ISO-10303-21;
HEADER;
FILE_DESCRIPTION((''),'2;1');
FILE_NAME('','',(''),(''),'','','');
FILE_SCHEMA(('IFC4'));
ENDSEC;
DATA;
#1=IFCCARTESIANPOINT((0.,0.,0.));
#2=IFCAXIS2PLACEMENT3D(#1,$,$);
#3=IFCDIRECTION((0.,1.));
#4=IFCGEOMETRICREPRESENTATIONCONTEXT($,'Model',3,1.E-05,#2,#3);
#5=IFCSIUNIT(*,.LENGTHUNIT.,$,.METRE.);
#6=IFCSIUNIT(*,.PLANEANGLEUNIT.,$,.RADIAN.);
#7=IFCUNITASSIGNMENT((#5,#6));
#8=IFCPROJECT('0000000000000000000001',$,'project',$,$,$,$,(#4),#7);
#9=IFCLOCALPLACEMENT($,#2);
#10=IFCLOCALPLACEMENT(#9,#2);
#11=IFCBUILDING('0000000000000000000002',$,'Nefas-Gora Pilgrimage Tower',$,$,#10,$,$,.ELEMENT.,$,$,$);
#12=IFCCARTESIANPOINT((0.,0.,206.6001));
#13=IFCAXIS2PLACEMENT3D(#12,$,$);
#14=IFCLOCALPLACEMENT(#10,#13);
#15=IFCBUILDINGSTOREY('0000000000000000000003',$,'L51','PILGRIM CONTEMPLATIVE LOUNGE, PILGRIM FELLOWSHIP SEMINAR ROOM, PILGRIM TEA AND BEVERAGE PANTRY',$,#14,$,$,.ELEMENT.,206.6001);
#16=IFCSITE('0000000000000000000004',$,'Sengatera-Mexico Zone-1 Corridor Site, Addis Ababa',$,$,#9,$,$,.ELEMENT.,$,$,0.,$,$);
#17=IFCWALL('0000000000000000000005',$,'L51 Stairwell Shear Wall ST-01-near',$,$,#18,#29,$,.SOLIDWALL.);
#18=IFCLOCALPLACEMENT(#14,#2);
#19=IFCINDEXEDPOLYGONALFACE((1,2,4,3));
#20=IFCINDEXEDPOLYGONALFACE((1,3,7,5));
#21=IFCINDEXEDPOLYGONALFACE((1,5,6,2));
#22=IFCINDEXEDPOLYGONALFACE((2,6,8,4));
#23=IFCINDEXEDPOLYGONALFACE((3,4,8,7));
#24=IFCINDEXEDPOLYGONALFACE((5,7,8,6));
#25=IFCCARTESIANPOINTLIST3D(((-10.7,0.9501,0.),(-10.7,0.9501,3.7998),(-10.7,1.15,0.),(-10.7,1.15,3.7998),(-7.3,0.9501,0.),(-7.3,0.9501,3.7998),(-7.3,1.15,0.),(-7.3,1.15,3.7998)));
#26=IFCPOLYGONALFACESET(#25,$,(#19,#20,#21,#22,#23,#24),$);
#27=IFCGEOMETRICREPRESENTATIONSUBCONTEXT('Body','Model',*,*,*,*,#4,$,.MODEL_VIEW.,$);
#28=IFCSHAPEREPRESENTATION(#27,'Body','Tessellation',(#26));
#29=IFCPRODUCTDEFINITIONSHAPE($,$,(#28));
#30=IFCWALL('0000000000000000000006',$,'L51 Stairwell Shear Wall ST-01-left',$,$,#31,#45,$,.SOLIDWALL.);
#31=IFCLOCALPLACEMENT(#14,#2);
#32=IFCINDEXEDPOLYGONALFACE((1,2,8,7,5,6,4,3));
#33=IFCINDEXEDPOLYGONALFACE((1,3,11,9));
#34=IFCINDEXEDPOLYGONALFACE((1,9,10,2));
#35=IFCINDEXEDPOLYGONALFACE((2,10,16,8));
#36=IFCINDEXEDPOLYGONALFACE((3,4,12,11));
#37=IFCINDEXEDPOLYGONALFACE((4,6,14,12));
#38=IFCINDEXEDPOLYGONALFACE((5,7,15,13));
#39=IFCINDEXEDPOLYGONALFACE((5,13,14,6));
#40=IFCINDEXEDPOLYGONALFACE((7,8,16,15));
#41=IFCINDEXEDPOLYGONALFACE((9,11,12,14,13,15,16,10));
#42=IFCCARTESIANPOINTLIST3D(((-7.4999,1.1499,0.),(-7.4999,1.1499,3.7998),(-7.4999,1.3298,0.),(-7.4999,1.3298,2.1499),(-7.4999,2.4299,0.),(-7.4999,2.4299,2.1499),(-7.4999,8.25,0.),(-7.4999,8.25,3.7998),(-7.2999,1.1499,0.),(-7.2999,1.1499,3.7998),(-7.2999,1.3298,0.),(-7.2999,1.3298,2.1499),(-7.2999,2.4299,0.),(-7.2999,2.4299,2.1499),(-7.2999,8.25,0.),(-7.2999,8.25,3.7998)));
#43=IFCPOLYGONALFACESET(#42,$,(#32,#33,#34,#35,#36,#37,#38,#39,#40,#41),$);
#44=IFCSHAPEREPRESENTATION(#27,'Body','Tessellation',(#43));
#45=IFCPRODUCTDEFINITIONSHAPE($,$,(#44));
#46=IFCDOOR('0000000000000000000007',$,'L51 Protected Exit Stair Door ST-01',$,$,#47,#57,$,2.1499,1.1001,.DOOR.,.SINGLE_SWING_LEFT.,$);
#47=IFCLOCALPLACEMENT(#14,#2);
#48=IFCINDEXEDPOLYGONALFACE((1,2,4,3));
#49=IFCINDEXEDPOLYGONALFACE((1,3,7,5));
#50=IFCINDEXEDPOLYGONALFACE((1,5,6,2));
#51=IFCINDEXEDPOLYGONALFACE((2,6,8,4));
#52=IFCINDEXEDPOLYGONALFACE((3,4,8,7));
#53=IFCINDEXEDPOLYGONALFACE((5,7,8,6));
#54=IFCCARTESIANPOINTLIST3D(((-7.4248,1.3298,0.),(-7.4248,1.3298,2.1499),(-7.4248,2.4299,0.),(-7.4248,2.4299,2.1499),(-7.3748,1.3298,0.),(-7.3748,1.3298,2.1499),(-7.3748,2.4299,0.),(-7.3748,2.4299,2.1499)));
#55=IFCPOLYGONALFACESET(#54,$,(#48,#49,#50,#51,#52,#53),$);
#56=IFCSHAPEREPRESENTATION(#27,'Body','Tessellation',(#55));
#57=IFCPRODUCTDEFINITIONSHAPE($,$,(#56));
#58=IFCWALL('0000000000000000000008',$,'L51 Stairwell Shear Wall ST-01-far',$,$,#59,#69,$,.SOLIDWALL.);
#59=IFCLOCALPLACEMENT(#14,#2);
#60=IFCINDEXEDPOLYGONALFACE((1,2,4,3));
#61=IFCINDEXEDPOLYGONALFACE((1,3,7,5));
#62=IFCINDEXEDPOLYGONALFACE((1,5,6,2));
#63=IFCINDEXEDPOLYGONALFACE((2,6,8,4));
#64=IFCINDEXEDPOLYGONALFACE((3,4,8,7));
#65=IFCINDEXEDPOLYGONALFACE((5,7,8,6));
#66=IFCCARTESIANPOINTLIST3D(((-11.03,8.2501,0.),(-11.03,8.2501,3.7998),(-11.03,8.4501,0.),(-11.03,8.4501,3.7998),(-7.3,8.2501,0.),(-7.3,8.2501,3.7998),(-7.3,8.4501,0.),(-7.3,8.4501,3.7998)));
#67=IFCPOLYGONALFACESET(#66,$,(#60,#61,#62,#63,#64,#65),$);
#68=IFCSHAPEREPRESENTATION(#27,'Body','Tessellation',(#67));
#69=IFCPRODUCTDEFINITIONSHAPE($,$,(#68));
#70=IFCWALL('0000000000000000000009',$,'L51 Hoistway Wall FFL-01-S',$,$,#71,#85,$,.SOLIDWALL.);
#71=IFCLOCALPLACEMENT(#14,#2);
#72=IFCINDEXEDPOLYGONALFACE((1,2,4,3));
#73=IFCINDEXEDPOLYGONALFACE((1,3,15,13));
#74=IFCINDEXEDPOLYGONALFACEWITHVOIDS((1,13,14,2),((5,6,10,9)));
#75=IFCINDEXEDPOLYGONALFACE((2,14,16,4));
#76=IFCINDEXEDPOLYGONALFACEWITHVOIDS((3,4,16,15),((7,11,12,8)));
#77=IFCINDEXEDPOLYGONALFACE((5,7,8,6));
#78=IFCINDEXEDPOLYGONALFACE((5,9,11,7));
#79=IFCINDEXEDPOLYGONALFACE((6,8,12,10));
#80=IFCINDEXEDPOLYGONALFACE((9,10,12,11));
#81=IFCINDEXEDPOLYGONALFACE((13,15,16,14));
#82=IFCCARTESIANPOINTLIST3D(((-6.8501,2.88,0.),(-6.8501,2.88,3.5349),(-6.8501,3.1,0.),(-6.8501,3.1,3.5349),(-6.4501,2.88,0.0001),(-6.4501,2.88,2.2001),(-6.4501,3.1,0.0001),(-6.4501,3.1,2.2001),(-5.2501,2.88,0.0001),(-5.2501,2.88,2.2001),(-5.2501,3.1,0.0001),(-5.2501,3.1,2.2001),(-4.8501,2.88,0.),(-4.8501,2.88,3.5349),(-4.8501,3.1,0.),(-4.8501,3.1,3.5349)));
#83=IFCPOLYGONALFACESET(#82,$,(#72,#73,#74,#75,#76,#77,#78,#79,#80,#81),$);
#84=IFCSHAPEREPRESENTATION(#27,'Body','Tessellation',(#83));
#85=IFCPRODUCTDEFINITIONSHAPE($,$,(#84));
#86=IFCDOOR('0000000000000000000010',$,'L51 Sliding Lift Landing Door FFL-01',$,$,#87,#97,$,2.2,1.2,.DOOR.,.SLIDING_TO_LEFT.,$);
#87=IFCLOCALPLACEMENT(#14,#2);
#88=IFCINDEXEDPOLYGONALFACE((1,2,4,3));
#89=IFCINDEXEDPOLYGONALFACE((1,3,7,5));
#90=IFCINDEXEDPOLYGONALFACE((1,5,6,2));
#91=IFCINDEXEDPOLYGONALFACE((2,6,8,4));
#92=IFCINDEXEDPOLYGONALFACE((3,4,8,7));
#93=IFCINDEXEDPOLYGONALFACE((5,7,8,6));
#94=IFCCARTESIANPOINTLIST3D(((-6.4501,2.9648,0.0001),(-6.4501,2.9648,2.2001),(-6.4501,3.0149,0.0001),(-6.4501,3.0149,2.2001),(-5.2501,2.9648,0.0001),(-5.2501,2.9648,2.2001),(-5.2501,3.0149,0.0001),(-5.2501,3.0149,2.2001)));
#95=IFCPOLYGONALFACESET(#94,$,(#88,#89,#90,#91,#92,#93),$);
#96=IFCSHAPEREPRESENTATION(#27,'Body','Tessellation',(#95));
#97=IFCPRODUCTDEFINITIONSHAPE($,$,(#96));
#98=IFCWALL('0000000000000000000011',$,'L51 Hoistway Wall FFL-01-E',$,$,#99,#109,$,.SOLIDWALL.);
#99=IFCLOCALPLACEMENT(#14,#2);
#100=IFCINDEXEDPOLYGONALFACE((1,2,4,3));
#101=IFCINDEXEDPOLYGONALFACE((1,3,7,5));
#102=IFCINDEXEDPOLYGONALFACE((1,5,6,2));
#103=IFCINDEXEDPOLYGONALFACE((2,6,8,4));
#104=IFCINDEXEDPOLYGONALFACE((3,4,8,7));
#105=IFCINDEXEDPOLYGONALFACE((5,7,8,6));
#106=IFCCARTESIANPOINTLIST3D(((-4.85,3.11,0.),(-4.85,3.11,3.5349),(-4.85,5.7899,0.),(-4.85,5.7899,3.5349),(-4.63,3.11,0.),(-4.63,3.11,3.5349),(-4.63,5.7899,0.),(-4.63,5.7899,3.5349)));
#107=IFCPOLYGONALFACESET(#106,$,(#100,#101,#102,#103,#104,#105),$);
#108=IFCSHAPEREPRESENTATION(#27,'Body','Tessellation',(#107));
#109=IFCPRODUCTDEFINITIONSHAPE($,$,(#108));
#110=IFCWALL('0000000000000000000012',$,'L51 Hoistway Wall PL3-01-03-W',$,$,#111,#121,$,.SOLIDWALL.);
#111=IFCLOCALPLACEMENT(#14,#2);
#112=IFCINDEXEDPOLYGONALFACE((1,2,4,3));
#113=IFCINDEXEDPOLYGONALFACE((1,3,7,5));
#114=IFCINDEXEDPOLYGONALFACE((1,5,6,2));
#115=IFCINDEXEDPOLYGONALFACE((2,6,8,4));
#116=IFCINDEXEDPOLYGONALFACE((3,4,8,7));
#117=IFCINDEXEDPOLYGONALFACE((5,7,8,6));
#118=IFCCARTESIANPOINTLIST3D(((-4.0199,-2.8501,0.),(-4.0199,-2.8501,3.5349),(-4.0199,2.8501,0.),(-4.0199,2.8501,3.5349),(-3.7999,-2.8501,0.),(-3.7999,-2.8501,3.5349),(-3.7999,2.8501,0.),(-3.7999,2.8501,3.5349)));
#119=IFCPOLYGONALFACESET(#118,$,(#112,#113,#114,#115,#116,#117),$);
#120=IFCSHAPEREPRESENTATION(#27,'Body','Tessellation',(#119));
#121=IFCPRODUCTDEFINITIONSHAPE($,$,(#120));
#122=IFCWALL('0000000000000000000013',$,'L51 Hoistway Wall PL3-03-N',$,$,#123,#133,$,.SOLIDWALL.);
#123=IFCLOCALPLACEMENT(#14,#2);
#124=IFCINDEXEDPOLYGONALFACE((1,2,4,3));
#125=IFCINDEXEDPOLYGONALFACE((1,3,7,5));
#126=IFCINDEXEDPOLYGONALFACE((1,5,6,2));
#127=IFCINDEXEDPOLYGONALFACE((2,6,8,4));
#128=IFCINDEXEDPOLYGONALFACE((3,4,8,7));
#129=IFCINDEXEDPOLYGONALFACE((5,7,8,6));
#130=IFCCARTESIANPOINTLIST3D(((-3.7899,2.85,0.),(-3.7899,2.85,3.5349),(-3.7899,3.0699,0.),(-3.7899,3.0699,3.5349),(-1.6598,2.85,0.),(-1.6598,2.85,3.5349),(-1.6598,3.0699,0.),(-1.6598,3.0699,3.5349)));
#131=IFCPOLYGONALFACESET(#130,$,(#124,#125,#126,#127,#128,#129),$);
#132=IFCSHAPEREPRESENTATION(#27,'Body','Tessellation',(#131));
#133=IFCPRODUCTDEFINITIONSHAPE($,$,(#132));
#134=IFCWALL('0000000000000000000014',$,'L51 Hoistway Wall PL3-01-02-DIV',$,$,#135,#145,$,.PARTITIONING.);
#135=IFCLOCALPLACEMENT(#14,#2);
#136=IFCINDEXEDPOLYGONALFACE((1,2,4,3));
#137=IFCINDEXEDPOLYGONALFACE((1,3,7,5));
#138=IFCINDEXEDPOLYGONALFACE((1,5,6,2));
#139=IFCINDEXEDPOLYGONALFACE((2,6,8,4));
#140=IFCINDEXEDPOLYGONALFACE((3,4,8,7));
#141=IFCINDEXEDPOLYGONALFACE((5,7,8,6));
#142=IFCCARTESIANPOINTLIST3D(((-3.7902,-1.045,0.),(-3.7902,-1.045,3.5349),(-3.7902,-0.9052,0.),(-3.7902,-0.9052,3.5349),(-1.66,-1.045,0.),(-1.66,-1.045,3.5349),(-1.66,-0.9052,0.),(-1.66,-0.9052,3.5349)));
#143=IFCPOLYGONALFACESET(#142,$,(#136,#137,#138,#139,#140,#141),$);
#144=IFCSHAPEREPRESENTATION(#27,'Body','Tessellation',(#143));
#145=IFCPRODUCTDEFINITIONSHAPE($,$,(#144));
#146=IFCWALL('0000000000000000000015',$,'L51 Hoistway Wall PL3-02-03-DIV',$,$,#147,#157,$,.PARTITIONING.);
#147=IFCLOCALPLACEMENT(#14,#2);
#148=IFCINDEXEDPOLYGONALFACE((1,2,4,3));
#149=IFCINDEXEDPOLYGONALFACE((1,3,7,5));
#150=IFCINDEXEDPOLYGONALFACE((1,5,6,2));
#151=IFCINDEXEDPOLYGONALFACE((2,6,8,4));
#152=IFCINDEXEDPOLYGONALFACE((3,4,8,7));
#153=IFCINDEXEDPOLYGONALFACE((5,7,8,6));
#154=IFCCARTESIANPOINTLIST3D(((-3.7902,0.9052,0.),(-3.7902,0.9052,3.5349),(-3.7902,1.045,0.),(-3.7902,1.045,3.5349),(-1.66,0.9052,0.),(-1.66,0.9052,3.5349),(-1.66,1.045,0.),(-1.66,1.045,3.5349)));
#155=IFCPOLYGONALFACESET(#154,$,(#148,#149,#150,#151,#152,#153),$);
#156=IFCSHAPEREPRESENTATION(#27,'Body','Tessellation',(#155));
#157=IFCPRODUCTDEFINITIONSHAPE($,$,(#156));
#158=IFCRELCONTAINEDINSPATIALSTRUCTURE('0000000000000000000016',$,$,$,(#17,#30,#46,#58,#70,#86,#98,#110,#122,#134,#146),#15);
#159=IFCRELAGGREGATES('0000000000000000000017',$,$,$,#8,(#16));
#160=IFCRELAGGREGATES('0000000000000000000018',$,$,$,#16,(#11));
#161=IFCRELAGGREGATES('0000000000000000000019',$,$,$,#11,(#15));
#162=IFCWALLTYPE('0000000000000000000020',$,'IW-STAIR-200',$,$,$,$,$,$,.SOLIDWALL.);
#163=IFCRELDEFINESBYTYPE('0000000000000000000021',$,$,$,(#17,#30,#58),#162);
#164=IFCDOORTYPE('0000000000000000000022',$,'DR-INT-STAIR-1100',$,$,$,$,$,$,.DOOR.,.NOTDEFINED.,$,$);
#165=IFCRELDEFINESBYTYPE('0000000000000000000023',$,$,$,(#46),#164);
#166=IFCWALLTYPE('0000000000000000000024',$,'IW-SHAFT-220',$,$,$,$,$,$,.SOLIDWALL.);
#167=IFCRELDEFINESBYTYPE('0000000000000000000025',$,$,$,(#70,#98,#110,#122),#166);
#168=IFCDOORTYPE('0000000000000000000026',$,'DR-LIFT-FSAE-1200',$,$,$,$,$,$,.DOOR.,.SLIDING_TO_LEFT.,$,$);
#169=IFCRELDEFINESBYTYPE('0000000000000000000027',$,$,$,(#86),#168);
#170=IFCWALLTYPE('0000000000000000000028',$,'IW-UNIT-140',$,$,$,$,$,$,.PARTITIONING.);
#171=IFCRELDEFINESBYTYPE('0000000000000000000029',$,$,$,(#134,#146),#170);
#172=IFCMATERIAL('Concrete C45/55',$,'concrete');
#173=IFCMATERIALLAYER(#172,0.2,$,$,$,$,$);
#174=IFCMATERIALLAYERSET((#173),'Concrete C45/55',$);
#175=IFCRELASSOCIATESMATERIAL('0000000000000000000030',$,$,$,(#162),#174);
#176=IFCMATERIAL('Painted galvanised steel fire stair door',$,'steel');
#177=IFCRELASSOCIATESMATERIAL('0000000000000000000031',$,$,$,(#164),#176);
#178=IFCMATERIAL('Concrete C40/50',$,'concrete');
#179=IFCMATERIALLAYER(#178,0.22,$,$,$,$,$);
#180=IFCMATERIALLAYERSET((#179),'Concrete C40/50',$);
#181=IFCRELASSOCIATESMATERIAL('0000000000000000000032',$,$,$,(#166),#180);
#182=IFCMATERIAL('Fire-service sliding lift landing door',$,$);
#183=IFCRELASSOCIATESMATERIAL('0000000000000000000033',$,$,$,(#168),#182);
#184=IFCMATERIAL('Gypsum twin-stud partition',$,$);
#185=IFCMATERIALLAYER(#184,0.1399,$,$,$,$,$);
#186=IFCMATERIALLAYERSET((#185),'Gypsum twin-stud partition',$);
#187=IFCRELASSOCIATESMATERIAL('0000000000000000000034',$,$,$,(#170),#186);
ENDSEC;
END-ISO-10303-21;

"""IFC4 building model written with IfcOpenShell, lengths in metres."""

from ifc_helpers import new_model, si_unit, direction, frame, frame_2d, origin, place, context, subcontext, project, spatial, rectangle, extrude, source, transform, mapped, material, layer, layer_set, type_object, element, fill, save


model = new_model("IFC4")

# Units and contexts
model_context = context("Model", 3, precision=1e-05, world=origin(), true_north=direction((0.0, 1.0)))
body_context = subcontext(model_context, "Body", "Model", "MODEL_VIEW")
ifc_project = project(units=[si_unit("LENGTHUNIT", "METRE"), si_unit("PLANEANGLEUNIT", "RADIAN")], contexts=[model_context])

# Site, building, storey
site_placement = place(None, origin())
site = spatial("IfcSite", under=ifc_project, at=site_placement, Name="Sengatera-Mexico Zone-1 Corridor Site, Addis Ababa", CompositionType="ELEMENT", RefElevation=0.0)
building_placement = place(site_placement, origin())
building = spatial("IfcBuilding", under=site, at=building_placement, Name="Nefas-Gora Pilgrimage Tower", CompositionType="ELEMENT")
storey_placement = place(building_placement, frame((0.0, 0.0, 206.6001)))
storey = spatial("IfcBuildingStorey", under=building, at=storey_placement, Name="L51", Description="PILGRIM CONTEMPLATIVE LOUNGE, PILGRIM FELLOWSHIP SEMINAR ROOM, PILGRIM TEA AND BEVERAGE PANTRY", CompositionType="ELEMENT", Elevation=206.6001)

# Wall
ifc_material_1 = material(Name="Concrete C45/55", Category="concrete")
ifc_layer_1 = layer(ifc_material_1, 0.2)
ifc_layer_set_1 = layer_set([ifc_layer_1], Name="Concrete C45/55")
wall_type_1 = type_object("IfcWallType", Name="IW-STAIR-200", PredefinedType="SOLIDWALL", material=ifc_layer_set_1)
shared_shape_1 = source(origin(), body_context, "Body", "SweptSolid", [
    extrude(rectangle(XDim=3.3999, YDim=0.2, at=frame_2d((1.7, 0.0))), origin(), (0.0, 0.0, 1.0), 3.7998),
])
wall_1_placement = place(storey_placement, frame((-7.3, 1.05, 0.0), z_axis=(0.0, 0.0, 1.0), x_axis=(-1.0, 0.0, 0.0)))
element("IfcWall", 1, at=wall_1_placement, inside=storey, type_object=wall_type_1, Name="L51 Stairwell Shear Wall ST-01-near", PredefinedType="SOLIDWALL", context=body_context, shape_type="MappedRepresentation", body=[
    mapped(shared_shape_1, transform((0.0, 0.0, 0.0), x_axis=(1.0, 0.0, 0.0), y_axis=(0.0, 1.0, 0.0), z_axis=(0.0, 0.0, 1.0), scale=1.0)),
])

# Wall, opening, door
shared_shape_2 = source(origin(), body_context, "Body", "SweptSolid", [
    extrude(rectangle(XDim=7.1001, YDim=0.2, at=frame_2d((3.55, 0.0))), origin(), (0.0, 0.0, 1.0), 3.7998),
])
wall_2_placement = place(storey_placement, frame((-7.3999, 1.1499, 0.0), z_axis=(0.0, 0.0, 1.0), x_axis=(0.0, 1.0, 0.0)))
wall_2 = element("IfcWall", 2, at=wall_2_placement, inside=storey, type_object=wall_type_1, Name="L51 Stairwell Shear Wall ST-01-left", PredefinedType="SOLIDWALL", context=body_context, shape_type="MappedRepresentation", body=[
    mapped(shared_shape_2, transform((0.0, 0.0, 0.0), x_axis=(1.0, 0.0, 0.0), y_axis=(0.0, 1.0, 0.0), z_axis=(0.0, 0.0, 1.0), scale=1.0)),
])
opening_1_placement = place(wall_2_placement, frame((0.1799, 0.0, 0.0)))
opening_1 = element("IfcOpeningElement", 3, at=opening_1_placement, cuts=wall_2, PredefinedType="OPENING", context=body_context, shape_type="SweptSolid", body=[
    extrude(rectangle(XDim=1.1001, YDim=2.1499, at=frame_2d((0.55, 1.075))), frame((0.0, 0.1099, 0.0), z_axis=(0.0, -1.0, 0.0), x_axis=(1.0, 0.0, 0.0)), (0.0, 0.0, 1.0), 0.22),
])
ifc_material_2 = material(Name="Painted galvanised steel fire stair door", Category="steel")
door_type_1 = type_object("IfcDoorType", Name="DR-INT-STAIR-1100", OperationType="NOTDEFINED", PredefinedType="DOOR", material=ifc_material_2)
shared_shape_3 = source(origin(), body_context, "Body", "SweptSolid", [
    extrude(rectangle(XDim=1.1001, YDim=2.1499, at=frame_2d((0.55, 1.075))), frame((0.0, 0.0249, 0.0), z_axis=(0.0, -1.0, 0.0), x_axis=(1.0, 0.0, 0.0)), (0.0, 0.0, 1.0), 0.05),
])
door_1_placement = place(opening_1_placement, origin())
door_1 = element("IfcDoor", 4, at=door_1_placement, inside=storey, type_object=door_type_1, Name="L51 Protected Exit Stair Door ST-01", OperationType="SINGLE_SWING_LEFT", OverallHeight=2.1499, OverallWidth=1.1001, PredefinedType="DOOR", context=body_context, shape_type="MappedRepresentation", body=[
    mapped(shared_shape_3, transform((0.0, 0.0, 0.0), x_axis=(1.0, 0.0, 0.0), y_axis=(0.0, 1.0, 0.0), z_axis=(0.0, 0.0, 1.0), scale=1.0)),
])
fill(opening_1, door_1)

# Wall
shared_shape_4 = source(origin(), body_context, "Body", "SweptSolid", [
    extrude(rectangle(XDim=3.73, YDim=0.2, at=frame_2d((1.865, 0.0))), origin(), (0.0, 0.0, 1.0), 3.7998),
])
wall_3_placement = place(storey_placement, frame((-7.3, 8.3501, 0.0), z_axis=(0.0, 0.0, 1.0), x_axis=(-1.0, 0.0, 0.0)))
element("IfcWall", 5, at=wall_3_placement, inside=storey, type_object=wall_type_1, Name="L51 Stairwell Shear Wall ST-01-far", PredefinedType="SOLIDWALL", context=body_context, shape_type="MappedRepresentation", body=[
    mapped(shared_shape_4, transform((0.0, 0.0, 0.0), x_axis=(1.0, 0.0, 0.0), y_axis=(0.0, 1.0, 0.0), z_axis=(0.0, 0.0, 1.0), scale=1.0)),
])

# Wall, opening, door
ifc_material_3 = material(Name="Concrete C40/50", Category="concrete")
ifc_layer_2 = layer(ifc_material_3, 0.22)
ifc_layer_set_2 = layer_set([ifc_layer_2], Name="Concrete C40/50")
wall_type_2 = type_object("IfcWallType", Name="IW-SHAFT-220", PredefinedType="SOLIDWALL", material=ifc_layer_set_2)
shared_shape_5 = source(origin(), body_context, "Body", "SweptSolid", [
    extrude(rectangle(XDim=2.0, YDim=0.22, at=frame_2d((1.0, 0.0))), origin(), (0.0, 0.0, 1.0), 3.5349),
])
wall_4_placement = place(storey_placement, frame((-6.8501, 2.99, 0.0), z_axis=(0.0, 0.0, 1.0), x_axis=(1.0, 0.0, 0.0)))
wall_4 = element("IfcWall", 6, at=wall_4_placement, inside=storey, type_object=wall_type_2, Name="L51 Hoistway Wall FFL-01-S", PredefinedType="SOLIDWALL", context=body_context, shape_type="MappedRepresentation", body=[
    mapped(shared_shape_5, transform((0.0, 0.0, 0.0), x_axis=(1.0, 0.0, 0.0), y_axis=(0.0, 1.0, 0.0), z_axis=(0.0, 0.0, 1.0), scale=1.0)),
])
opening_2_placement = place(wall_4_placement, frame((0.3999, 0.0, 0.0)))
opening_2 = element("IfcOpeningElement", 7, at=opening_2_placement, cuts=wall_4, PredefinedType="OPENING", context=body_context, shape_type="SweptSolid", body=[
    extrude(rectangle(XDim=1.2, YDim=2.2, at=frame_2d((0.6001, 1.1001))), frame((0.0, 0.1199, 0.0), z_axis=(0.0, -1.0, 0.0), x_axis=(1.0, 0.0, 0.0)), (0.0, 0.0, 1.0), 0.24),
])
ifc_material_4 = material(Name="Fire-service sliding lift landing door")
door_type_2 = type_object("IfcDoorType", Name="DR-LIFT-FSAE-1200", OperationType="SLIDING_TO_LEFT", PredefinedType="DOOR", material=ifc_material_4)
shared_shape_6 = source(origin(), body_context, "Body", "SweptSolid", [
    extrude(rectangle(XDim=1.2, YDim=2.2, at=frame_2d((0.6001, 1.1001))), frame((0.0, 0.0249, 0.0), z_axis=(0.0, -1.0, 0.0), x_axis=(1.0, 0.0, 0.0)), (0.0, 0.0, 1.0), 0.05),
])
door_2_placement = place(opening_2_placement, origin())
door_2 = element("IfcDoor", 8, at=door_2_placement, inside=storey, type_object=door_type_2, Name="L51 Sliding Lift Landing Door FFL-01", OperationType="SLIDING_TO_LEFT", OverallHeight=2.2, OverallWidth=1.2, PredefinedType="DOOR", context=body_context, shape_type="MappedRepresentation", body=[
    mapped(shared_shape_6, transform((0.0, 0.0, 0.0), x_axis=(1.0, 0.0, 0.0), y_axis=(0.0, 1.0, 0.0), z_axis=(0.0, 0.0, 1.0), scale=1.0)),
])
fill(opening_2, door_2)

# Walls
shared_shape_7 = source(origin(), body_context, "Body", "SweptSolid", [
    extrude(rectangle(XDim=2.6799, YDim=0.22, at=frame_2d((1.3398, 0.0))), origin(), (0.0, 0.0, 1.0), 3.5349),
])
wall_5_placement = place(storey_placement, frame((-4.74, 3.1101, 0.0), z_axis=(0.0, 0.0, 1.0), x_axis=(0.0, 1.0, 0.0)))
element("IfcWall", 9, at=wall_5_placement, inside=storey, type_object=wall_type_2, Name="L51 Hoistway Wall FFL-01-E", PredefinedType="SOLIDWALL", context=body_context, shape_type="MappedRepresentation", body=[
    mapped(shared_shape_7, transform((0.0, 0.0, 0.0), x_axis=(1.0, 0.0, 0.0), y_axis=(0.0, 1.0, 0.0), z_axis=(0.0, 0.0, 1.0), scale=1.0)),
])
shared_shape_8 = source(origin(), body_context, "Body", "SweptSolid", [
    extrude(rectangle(XDim=5.7002, YDim=0.22, at=frame_2d((2.8501, 0.0))), origin(), (0.0, 0.0, 1.0), 3.5349),
])
wall_6_placement = place(storey_placement, frame((-3.9099, 2.8501, 0.0), z_axis=(0.0, 0.0, 1.0), x_axis=(0.0, -1.0, 0.0)))
element("IfcWall", 10, at=wall_6_placement, inside=storey, type_object=wall_type_2, Name="L51 Hoistway Wall PL3-01-03-W", PredefinedType="SOLIDWALL", context=body_context, shape_type="MappedRepresentation", body=[
    mapped(shared_shape_8, transform((0.0, 0.0, 0.0), x_axis=(1.0, 0.0, 0.0), y_axis=(0.0, 1.0, 0.0), z_axis=(0.0, 0.0, 1.0), scale=1.0)),
])
shared_shape_9 = source(origin(), body_context, "Body", "SweptSolid", [
    extrude(rectangle(XDim=2.1301, YDim=0.22, at=frame_2d((1.0649, 0.0))), origin(), (0.0, 0.0, 1.0), 3.5349),
])
wall_7_placement = place(storey_placement, frame((-1.6599, 2.96, 0.0), z_axis=(0.0, 0.0, 1.0), x_axis=(-1.0, 0.0, 0.0)))
element("IfcWall", 11, at=wall_7_placement, inside=storey, type_object=wall_type_2, Name="L51 Hoistway Wall PL3-03-N", PredefinedType="SOLIDWALL", context=body_context, shape_type="MappedRepresentation", body=[
    mapped(shared_shape_9, transform((0.0, 0.0, 0.0), x_axis=(1.0, 0.0, 0.0), y_axis=(0.0, 1.0, 0.0), z_axis=(0.0, 0.0, 1.0), scale=1.0)),
])
ifc_material_5 = material(Name="Gypsum twin-stud partition")
ifc_layer_3 = layer(ifc_material_5, 0.1399)
ifc_layer_set_3 = layer_set([ifc_layer_3], Name="Gypsum twin-stud partition")
wall_type_3 = type_object("IfcWallType", Name="IW-UNIT-140", PredefinedType="PARTITIONING", material=ifc_layer_set_3)
shared_shape_10 = source(origin(), body_context, "Body", "SweptSolid", [
    extrude(rectangle(XDim=2.1301, YDim=0.1399, at=frame_2d((1.0649, 0.0))), origin(), (0.0, 0.0, 1.0), 3.5349),
])
for number, where, z_axis, x_axis, name in (
    (12, (-3.79, -0.9751, 0.0), (0.0, 0.0, 1.0), (1.0, 0.0, 0.0), "L51 Hoistway Wall PL3-01-02-DIV"),
    (13, (-3.79, 0.9751, 0.0), (0.0, 0.0, 1.0), (1.0, 0.0, 0.0), "L51 Hoistway Wall PL3-02-03-DIV"),
):
    element("IfcWall", number, at=place(storey_placement, frame(where, z_axis=z_axis, x_axis=x_axis)), inside=storey, type_object=wall_type_3, Name=name, PredefinedType="PARTITIONING", context=body_context, shape_type="MappedRepresentation", body=[
        mapped(shared_shape_10, transform((0.0, 0.0, 0.0), x_axis=(1.0, 0.0, 0.0), y_axis=(0.0, 1.0, 0.0), z_axis=(0.0, 0.0, 1.0), scale=1.0)),
    ])

save(model, "model.ifc")
